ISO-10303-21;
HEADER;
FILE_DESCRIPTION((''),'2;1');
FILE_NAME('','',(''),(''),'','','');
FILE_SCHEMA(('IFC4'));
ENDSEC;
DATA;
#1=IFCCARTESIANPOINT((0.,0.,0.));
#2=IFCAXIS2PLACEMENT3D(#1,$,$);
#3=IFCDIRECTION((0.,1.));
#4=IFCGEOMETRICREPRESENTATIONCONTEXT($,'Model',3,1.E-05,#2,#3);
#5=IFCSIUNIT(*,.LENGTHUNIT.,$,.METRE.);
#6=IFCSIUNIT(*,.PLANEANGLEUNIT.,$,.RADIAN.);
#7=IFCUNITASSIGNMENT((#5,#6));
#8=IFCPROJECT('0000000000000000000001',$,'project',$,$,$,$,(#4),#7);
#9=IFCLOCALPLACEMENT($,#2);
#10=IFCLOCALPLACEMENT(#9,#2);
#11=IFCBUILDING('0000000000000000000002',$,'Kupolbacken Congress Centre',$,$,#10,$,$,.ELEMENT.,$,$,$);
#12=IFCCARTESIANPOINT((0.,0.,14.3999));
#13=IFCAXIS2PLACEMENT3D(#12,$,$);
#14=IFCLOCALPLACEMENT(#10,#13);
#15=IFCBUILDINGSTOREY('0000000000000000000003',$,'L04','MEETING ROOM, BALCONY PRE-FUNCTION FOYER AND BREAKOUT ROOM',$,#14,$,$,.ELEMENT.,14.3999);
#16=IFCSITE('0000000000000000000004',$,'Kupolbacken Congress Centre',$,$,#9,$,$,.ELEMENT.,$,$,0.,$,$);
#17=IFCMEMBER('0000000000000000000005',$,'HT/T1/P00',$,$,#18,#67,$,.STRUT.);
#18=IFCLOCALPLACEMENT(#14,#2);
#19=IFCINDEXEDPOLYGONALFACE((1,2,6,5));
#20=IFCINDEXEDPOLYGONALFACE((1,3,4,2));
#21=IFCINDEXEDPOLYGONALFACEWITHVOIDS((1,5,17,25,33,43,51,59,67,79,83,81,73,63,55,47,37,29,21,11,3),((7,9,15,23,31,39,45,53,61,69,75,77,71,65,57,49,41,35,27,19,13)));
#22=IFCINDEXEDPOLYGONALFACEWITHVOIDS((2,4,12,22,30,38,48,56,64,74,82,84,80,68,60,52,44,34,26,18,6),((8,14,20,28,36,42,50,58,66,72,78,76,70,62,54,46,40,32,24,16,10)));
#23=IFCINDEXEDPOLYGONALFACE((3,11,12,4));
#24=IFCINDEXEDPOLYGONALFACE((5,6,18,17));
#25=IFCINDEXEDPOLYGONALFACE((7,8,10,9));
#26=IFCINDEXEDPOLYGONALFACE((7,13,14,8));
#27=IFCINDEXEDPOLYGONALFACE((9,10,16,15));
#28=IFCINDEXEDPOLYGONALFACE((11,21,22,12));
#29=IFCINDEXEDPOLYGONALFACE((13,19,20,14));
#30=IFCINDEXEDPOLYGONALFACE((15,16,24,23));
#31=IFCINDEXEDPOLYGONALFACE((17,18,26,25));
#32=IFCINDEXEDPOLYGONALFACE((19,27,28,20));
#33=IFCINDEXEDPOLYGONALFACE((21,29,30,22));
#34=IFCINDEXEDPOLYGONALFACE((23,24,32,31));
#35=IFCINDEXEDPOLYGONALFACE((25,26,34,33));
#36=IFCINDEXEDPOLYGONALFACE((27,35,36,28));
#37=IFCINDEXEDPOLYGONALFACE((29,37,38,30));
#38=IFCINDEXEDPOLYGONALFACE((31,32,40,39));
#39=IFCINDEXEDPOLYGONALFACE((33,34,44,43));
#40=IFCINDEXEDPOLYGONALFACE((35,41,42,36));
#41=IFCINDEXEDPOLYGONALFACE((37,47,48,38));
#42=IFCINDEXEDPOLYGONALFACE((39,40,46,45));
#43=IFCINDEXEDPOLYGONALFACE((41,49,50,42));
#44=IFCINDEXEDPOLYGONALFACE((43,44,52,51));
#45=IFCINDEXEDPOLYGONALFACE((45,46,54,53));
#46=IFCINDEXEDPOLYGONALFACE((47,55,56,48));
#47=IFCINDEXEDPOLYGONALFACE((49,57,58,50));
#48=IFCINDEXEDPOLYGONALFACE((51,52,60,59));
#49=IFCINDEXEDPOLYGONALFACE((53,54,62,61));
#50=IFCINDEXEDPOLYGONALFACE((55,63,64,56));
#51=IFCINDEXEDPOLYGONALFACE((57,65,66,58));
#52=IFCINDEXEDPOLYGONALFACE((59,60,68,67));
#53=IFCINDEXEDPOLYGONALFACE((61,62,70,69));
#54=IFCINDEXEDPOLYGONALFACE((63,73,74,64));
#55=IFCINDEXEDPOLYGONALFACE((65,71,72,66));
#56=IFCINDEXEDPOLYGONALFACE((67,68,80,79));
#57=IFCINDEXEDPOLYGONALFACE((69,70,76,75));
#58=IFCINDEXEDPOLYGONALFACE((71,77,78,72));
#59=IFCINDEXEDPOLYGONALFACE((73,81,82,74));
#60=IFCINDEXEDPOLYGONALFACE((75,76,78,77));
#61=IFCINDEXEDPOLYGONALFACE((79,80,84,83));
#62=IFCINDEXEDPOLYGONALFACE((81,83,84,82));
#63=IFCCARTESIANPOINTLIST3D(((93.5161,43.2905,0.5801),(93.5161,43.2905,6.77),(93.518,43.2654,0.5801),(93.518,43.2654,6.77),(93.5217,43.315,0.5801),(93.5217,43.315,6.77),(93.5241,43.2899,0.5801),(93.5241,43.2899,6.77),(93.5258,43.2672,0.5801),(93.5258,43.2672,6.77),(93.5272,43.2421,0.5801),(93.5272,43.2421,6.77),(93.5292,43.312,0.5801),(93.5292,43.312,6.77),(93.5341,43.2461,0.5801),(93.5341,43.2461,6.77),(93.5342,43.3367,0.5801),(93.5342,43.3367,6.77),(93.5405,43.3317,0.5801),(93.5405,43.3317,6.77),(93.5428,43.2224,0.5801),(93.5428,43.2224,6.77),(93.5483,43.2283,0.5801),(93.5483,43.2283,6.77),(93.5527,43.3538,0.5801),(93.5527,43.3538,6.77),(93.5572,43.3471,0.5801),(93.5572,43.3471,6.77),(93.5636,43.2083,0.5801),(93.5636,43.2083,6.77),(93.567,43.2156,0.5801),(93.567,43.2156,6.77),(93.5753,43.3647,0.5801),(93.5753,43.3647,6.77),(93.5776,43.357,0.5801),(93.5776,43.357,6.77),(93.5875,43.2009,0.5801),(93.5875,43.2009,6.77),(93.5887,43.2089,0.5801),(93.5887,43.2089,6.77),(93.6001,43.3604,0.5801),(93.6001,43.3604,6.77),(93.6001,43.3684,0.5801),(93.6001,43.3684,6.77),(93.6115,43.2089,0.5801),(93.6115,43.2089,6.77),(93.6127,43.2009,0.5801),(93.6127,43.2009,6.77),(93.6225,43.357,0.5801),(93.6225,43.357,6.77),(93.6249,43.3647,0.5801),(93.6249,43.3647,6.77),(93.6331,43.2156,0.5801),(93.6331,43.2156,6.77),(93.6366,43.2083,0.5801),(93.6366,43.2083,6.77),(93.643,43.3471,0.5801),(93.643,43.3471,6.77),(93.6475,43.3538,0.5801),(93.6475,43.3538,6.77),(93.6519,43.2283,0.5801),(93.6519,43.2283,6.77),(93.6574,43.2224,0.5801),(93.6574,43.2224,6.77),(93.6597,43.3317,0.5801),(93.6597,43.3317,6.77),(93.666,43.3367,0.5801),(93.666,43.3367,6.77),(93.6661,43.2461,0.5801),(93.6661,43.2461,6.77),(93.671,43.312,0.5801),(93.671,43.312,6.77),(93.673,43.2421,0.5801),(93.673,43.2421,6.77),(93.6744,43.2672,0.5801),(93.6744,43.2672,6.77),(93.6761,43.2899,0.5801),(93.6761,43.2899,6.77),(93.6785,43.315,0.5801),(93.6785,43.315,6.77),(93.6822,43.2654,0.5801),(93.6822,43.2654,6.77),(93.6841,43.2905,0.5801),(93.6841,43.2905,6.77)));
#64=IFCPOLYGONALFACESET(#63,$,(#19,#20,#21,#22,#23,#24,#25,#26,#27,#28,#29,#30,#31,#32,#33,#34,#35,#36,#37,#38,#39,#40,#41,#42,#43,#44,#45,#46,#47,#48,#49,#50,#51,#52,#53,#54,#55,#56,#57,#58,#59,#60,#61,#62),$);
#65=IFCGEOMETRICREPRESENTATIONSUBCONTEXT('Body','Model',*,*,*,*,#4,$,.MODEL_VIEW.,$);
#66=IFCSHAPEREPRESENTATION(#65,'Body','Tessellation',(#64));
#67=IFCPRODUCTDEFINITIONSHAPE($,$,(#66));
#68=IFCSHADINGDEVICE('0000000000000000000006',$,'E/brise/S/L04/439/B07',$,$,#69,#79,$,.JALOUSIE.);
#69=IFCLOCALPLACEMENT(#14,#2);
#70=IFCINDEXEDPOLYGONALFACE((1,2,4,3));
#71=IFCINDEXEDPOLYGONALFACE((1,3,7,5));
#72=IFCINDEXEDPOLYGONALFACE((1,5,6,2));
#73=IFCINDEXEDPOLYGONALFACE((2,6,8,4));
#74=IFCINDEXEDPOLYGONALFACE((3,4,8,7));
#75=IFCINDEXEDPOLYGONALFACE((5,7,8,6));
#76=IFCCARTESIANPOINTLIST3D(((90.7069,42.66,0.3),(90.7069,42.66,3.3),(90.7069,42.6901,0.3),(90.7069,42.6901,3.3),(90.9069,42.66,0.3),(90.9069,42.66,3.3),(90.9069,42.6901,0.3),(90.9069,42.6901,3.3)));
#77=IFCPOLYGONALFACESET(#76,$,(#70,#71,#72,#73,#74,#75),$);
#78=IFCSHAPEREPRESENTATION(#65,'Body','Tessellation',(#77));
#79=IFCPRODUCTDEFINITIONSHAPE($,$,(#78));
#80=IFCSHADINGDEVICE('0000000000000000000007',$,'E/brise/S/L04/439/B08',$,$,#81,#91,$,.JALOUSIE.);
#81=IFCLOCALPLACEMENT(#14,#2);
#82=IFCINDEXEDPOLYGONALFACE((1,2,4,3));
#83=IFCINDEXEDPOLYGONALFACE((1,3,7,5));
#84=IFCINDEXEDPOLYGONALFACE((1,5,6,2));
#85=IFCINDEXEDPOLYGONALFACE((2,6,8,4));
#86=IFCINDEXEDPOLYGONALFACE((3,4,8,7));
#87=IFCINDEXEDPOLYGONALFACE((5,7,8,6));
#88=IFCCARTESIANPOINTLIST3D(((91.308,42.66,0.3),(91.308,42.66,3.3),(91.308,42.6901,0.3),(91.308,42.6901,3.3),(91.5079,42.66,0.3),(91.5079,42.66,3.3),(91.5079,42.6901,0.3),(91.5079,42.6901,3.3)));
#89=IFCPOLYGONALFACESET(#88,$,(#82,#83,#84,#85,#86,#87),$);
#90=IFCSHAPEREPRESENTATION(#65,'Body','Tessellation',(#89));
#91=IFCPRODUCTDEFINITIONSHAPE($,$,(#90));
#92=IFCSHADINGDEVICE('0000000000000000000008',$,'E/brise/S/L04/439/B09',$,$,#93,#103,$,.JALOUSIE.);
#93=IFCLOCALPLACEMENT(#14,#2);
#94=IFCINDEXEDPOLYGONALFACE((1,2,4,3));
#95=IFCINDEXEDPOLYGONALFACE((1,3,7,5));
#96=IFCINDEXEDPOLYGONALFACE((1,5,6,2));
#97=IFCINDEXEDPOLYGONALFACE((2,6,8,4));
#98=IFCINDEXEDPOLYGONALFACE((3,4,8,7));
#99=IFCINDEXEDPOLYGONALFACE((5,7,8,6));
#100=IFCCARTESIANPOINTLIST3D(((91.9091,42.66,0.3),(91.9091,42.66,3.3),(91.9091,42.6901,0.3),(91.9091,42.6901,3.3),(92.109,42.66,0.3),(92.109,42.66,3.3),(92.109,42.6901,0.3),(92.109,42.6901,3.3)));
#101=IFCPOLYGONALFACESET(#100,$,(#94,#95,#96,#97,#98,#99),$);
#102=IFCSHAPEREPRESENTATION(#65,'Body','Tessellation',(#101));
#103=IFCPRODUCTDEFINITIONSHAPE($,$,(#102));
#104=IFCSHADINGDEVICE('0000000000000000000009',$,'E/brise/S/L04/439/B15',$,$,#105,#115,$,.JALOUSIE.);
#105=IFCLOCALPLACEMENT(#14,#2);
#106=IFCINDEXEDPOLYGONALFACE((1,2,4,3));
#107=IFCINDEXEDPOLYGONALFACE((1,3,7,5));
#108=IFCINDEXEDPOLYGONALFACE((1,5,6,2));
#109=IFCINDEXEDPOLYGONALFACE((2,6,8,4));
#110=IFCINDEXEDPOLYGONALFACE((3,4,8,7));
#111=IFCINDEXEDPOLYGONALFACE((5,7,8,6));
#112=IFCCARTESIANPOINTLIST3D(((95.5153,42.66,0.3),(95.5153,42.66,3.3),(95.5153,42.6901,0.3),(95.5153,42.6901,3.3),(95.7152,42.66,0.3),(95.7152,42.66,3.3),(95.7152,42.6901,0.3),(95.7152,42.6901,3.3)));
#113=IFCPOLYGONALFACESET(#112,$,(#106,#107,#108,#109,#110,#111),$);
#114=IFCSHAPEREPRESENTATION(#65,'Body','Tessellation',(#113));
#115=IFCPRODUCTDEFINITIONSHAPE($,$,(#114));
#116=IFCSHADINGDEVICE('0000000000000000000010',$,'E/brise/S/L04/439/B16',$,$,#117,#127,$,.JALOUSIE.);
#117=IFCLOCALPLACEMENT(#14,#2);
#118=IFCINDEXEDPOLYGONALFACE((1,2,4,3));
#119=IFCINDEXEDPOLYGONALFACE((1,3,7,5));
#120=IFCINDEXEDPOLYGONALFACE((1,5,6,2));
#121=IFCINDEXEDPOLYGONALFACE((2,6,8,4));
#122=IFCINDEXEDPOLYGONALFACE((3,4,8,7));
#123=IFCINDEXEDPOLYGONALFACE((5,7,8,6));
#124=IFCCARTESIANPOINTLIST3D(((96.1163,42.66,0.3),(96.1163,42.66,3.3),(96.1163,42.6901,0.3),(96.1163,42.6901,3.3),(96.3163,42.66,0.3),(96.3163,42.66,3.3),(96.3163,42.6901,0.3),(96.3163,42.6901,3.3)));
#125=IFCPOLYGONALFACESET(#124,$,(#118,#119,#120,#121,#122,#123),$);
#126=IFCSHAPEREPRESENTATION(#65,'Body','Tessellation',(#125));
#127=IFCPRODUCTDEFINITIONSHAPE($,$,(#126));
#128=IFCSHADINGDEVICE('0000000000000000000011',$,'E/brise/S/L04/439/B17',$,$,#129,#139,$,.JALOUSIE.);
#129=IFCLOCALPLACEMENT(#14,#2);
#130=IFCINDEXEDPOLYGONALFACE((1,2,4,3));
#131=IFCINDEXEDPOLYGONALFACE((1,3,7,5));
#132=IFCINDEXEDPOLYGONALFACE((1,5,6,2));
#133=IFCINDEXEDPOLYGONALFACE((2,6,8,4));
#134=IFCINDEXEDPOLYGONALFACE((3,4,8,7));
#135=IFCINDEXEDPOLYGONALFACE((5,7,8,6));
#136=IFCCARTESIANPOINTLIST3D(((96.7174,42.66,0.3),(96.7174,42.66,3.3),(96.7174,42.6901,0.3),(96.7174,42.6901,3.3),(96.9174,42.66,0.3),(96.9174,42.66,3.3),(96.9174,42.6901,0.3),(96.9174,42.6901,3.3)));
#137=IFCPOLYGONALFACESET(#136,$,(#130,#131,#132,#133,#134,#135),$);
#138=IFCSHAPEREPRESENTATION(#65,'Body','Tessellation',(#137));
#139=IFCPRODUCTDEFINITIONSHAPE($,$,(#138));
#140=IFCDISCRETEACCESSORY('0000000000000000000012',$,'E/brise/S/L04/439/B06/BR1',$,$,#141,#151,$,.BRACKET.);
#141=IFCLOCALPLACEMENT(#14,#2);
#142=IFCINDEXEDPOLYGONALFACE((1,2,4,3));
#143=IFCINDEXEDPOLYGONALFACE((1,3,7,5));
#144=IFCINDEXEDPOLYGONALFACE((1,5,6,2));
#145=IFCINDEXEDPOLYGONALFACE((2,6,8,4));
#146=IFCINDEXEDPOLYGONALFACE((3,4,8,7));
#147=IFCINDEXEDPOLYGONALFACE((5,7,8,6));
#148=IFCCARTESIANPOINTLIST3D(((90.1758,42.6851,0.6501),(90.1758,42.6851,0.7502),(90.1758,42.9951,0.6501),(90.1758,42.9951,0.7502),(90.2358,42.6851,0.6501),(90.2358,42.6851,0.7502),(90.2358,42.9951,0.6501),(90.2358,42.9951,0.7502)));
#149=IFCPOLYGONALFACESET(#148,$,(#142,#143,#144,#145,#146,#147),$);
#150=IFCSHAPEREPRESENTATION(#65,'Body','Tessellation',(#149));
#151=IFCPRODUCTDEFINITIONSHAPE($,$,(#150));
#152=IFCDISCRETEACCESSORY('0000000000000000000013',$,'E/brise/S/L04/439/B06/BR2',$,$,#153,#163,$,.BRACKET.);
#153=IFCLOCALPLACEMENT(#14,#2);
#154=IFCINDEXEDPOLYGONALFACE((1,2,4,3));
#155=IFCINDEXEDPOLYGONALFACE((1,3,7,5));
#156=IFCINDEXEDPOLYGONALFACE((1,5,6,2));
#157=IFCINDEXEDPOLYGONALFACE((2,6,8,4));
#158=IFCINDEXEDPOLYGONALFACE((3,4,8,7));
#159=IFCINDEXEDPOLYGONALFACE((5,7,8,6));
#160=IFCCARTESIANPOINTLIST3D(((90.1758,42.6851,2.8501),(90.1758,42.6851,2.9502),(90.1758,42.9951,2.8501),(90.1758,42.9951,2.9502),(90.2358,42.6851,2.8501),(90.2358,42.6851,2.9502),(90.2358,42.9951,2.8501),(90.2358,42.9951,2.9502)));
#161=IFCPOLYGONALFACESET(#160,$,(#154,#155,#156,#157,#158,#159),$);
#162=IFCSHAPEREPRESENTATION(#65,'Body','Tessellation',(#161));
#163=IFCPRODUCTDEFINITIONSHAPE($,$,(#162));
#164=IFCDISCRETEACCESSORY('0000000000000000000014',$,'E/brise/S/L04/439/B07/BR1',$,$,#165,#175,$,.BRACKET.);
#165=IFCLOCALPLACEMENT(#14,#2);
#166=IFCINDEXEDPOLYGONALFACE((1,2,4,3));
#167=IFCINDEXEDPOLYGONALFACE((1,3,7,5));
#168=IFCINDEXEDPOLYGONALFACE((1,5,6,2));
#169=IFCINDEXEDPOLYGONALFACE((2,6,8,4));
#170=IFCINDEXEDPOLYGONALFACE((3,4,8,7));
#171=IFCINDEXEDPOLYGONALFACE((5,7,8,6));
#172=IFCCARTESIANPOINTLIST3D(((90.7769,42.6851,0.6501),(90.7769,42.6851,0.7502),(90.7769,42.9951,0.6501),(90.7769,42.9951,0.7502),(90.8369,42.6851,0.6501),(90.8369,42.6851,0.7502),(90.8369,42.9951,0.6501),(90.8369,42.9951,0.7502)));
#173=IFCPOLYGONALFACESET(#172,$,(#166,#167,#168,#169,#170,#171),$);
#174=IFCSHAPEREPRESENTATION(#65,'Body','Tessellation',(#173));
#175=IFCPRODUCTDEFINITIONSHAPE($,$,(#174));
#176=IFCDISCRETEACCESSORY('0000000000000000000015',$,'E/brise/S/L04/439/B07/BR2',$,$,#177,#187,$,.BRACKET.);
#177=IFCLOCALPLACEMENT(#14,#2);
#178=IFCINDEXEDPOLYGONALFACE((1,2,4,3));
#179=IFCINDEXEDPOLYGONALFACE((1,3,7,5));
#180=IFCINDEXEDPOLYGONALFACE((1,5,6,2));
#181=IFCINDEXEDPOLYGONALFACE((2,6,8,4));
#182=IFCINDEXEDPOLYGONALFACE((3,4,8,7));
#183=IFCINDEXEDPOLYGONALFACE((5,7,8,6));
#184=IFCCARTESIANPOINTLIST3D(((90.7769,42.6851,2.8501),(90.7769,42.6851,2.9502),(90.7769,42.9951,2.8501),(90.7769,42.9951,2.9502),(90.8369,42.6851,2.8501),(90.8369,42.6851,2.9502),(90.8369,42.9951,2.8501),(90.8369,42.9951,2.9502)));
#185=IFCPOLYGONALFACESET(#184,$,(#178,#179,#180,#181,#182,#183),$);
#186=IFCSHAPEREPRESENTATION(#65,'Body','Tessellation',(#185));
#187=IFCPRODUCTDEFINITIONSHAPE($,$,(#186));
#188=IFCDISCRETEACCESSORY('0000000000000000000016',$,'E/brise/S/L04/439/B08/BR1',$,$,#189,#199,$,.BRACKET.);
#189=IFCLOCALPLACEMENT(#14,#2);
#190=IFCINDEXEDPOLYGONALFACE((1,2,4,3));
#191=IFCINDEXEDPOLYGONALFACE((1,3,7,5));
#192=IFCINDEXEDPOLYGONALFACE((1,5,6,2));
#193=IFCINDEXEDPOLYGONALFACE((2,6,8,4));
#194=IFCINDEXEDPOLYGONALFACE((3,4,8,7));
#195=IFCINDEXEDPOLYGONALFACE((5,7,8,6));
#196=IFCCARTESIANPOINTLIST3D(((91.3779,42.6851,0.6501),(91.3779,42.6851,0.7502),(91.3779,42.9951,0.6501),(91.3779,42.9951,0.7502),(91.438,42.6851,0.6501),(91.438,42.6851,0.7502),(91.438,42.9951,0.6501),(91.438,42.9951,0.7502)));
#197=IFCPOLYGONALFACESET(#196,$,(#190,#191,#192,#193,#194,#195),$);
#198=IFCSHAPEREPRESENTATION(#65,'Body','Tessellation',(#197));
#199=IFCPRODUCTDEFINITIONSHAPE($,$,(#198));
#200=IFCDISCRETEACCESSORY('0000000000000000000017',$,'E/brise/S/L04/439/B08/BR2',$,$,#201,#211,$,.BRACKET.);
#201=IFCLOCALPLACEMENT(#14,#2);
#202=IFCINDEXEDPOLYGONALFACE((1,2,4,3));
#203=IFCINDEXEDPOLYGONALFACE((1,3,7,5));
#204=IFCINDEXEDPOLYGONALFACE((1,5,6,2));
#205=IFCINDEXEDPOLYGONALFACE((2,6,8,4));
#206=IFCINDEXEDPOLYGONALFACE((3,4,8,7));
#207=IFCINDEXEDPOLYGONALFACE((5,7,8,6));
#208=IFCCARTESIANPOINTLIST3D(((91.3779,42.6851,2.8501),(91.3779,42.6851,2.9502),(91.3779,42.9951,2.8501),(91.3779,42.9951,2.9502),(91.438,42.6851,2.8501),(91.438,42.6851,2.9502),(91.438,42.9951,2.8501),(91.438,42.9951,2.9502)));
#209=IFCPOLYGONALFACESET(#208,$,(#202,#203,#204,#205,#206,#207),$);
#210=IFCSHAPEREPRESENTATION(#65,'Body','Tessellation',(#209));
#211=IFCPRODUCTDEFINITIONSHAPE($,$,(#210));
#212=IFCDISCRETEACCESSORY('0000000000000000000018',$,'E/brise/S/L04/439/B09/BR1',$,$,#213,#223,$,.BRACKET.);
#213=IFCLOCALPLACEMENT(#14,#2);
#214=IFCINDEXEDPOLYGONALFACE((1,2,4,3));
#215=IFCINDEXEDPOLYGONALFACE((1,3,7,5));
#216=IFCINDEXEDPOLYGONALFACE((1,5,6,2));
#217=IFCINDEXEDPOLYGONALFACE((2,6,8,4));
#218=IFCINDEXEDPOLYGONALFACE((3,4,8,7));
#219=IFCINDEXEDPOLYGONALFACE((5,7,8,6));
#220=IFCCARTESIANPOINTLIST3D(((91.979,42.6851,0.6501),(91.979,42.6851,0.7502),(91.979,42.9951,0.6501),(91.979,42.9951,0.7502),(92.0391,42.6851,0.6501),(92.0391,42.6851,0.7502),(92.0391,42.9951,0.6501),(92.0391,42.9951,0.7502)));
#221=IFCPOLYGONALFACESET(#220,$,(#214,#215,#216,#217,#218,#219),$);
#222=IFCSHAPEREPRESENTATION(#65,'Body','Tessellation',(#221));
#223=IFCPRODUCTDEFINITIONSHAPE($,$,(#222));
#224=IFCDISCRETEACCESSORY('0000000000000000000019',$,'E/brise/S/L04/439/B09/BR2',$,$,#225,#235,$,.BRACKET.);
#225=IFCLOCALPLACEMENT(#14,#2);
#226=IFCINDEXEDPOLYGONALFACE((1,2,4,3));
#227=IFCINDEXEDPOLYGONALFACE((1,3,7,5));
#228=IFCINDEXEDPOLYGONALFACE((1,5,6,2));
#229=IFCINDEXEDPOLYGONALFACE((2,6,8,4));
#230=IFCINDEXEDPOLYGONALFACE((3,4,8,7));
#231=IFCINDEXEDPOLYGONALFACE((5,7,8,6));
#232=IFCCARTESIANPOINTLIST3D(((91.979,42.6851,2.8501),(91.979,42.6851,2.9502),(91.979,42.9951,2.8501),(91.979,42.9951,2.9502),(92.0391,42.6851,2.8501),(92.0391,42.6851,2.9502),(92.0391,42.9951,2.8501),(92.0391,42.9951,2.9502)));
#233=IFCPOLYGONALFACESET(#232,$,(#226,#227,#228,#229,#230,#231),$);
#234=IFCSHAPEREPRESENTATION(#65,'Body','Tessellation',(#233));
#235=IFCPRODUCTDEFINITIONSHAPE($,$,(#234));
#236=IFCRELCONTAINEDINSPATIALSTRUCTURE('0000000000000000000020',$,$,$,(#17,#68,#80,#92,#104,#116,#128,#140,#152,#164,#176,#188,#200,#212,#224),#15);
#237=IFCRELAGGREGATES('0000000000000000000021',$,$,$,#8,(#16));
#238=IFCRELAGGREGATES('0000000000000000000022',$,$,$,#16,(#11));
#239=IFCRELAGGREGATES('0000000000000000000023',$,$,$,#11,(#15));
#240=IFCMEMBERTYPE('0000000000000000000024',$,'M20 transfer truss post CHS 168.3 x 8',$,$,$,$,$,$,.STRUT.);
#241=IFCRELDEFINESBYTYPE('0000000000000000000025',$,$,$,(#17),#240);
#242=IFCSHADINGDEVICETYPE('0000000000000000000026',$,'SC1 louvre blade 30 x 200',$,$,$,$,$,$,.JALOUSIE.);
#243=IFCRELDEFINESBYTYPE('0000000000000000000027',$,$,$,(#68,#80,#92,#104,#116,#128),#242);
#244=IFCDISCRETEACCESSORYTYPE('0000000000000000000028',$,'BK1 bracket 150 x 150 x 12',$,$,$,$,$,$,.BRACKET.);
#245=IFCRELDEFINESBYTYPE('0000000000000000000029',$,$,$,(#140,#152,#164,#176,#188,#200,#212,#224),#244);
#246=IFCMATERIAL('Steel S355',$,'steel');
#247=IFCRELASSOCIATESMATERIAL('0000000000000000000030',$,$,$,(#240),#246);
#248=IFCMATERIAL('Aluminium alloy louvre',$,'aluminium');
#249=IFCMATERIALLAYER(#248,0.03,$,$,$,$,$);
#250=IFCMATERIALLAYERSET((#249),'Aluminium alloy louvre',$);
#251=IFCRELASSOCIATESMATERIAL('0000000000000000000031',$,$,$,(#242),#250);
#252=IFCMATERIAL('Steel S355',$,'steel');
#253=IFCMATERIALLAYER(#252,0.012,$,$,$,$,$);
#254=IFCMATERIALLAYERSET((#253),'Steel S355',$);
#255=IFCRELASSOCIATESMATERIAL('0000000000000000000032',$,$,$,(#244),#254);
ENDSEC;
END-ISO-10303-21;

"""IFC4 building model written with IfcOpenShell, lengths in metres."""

from ifc_helpers import new_model, si_unit, direction, frame, origin, origin_2d, place, context, subcontext, project, spatial, rectangle, hollow_circle, extrude, material, layer, layer_set, material_profile, profile_set, type_object, element, save


model = new_model("IFC4")

# Units and contexts
model_context = context("Model", 3, precision=1e-05, world=origin(), true_north=direction((0.0, 1.0)))
body_context = subcontext(model_context, "Body", "Model", "MODEL_VIEW")
ifc_project = project(units=[si_unit("LENGTHUNIT", "METRE"), si_unit("PLANEANGLEUNIT", "RADIAN")], contexts=[model_context])

# Site, building, storey
site_placement = place(None, origin())
site = spatial("IfcSite", under=ifc_project, at=site_placement, Name="Kupolbacken Congress Centre", CompositionType="ELEMENT", RefElevation=0.0)
building_placement = place(site_placement, origin())
building = spatial("IfcBuilding", under=site, at=building_placement, Name="Kupolbacken Congress Centre", CompositionType="ELEMENT")
storey_placement = place(building_placement, frame((0.0, 0.0, 14.3999)))
storey = spatial("IfcBuildingStorey", under=building, at=storey_placement, Name="L04", Description="MEETING ROOM, BALCONY PRE-FUNCTION FOYER AND BREAKOUT ROOM", CompositionType="ELEMENT", Elevation=14.3999)

# Member
ifc_material_1 = material(Name="Steel S355", Category="steel")
ifc_material_profile_1 = material_profile(ifc_material_1, hollow_circle(Radius=0.0842, WallThickness=0.0081, at=origin_2d()), Name="CHS 168.3 x 8")
ifc_profile_set_1 = profile_set([ifc_material_profile_1], Name="Steel S355")
member_type_1 = type_object("IfcMemberType", Name="M20 transfer truss post CHS 168.3 x 8", PredefinedType="STRUT", material=ifc_profile_set_1)
member_1_placement = place(storey_placement, frame((93.6001, 43.2842, 0.5801), z_axis=(0.0, 0.0, 1.0), x_axis=(0.0, 1.0, 0.0)))
element("IfcMember", 1, at=member_1_placement, inside=storey, type_object=member_type_1, Name="HT/T1/P00", PredefinedType="STRUT", context=body_context, shape_type="SweptSolid", body=[
    extrude(hollow_circle(Radius=0.0842, WallThickness=0.0081, at=origin_2d()), origin(), (0.0, 0.0, 1.0), 6.1899),
])

# Shading devices
ifc_material_2 = material(Name="Aluminium alloy louvre", Category="aluminium")
ifc_layer_1 = layer(ifc_material_2, 0.03)
ifc_layer_set_1 = layer_set([ifc_layer_1], Name="Aluminium alloy louvre")
shading_device_type = type_object("IfcShadingDeviceType", Name="SC1 louvre blade 30 x 200", PredefinedType="JALOUSIE", material=ifc_layer_set_1)
for number, where, z_axis, x_axis, name in (
    (2, (90.8069, 42.675, 0.3), (0.0, 0.0, 1.0), (1.0, 0.0, 0.0), "E/brise/S/L04/439/B07"),
    (3, (91.408, 42.675, 0.3), (0.0, 0.0, 1.0), (1.0, 0.0, 0.0), "E/brise/S/L04/439/B08"),
    (4, (92.009, 42.675, 0.3), (0.0, 0.0, 1.0), (1.0, 0.0, 0.0), "E/brise/S/L04/439/B09"),
    (5, (95.6152, 42.675, 0.3), (0.0, 0.0, 1.0), (1.0, 0.0, 0.0), "E/brise/S/L04/439/B15"),
    (6, (96.2163, 42.675, 0.3), (0.0, 0.0, 1.0), (1.0, 0.0, 0.0), "E/brise/S/L04/439/B16"),
    (7, (96.8174, 42.675, 0.3), (0.0, 0.0, 1.0), (1.0, 0.0, 0.0), "E/brise/S/L04/439/B17"),
):
    element("IfcShadingDevice", number, at=place(storey_placement, frame(where, z_axis=z_axis, x_axis=x_axis)), inside=storey, type_object=shading_device_type, Name=name, PredefinedType="JALOUSIE", context=body_context, shape_type="SweptSolid", body=[
        extrude(rectangle(XDim=0.2, YDim=0.03, at=origin_2d()), origin(), (0.0, 0.0, 1.0), 3.0),
    ])

# Discrete accessories
ifc_material_3 = material(Name="Steel S355", Category="steel")
ifc_layer_2 = layer(ifc_material_3, 0.012)
ifc_layer_set_2 = layer_set([ifc_layer_2], Name="Steel S355")
discrete_accessory_type = type_object("IfcDiscreteAccessoryType", Name="BK1 bracket 150 x 150 x 12", PredefinedType="BRACKET", material=ifc_layer_set_2)
for number, where, z_axis, x_axis, name in (
    (8, (90.2058, 42.8401, 0.6501), (0.0, 0.0, 1.0), (1.0, 0.0, 0.0), "E/brise/S/L04/439/B06/BR1"),
    (9, (90.2058, 42.8401, 2.8501), (0.0, 0.0, 1.0), (1.0, 0.0, 0.0), "E/brise/S/L04/439/B06/BR2"),
    (10, (90.8069, 42.8401, 0.6501), (0.0, 0.0, 1.0), (1.0, 0.0, 0.0), "E/brise/S/L04/439/B07/BR1"),
    (11, (90.8069, 42.8401, 2.8501), (0.0, 0.0, 1.0), (1.0, 0.0, 0.0), "E/brise/S/L04/439/B07/BR2"),
    (12, (91.408, 42.8401, 0.6501), (0.0, 0.0, 1.0), (1.0, 0.0, 0.0), "E/brise/S/L04/439/B08/BR1"),
    (13, (91.408, 42.8401, 2.8501), (0.0, 0.0, 1.0), (1.0, 0.0, 0.0), "E/brise/S/L04/439/B08/BR2"),
    (14, (92.009, 42.8401, 0.6501), (0.0, 0.0, 1.0), (1.0, 0.0, 0.0), "E/brise/S/L04/439/B09/BR1"),
    (15, (92.009, 42.8401, 2.8501), (0.0, 0.0, 1.0), (1.0, 0.0, 0.0), "E/brise/S/L04/439/B09/BR2"),
):
    element("IfcDiscreteAccessory", number, at=place(storey_placement, frame(where, z_axis=z_axis, x_axis=x_axis)), inside=storey, type_object=discrete_accessory_type, Name=name, PredefinedType="BRACKET", context=body_context, shape_type="SweptSolid", body=[
        extrude(rectangle(XDim=0.0601, YDim=0.3101, at=origin_2d()), origin(), (0.0, 0.0, 1.0), 0.1001),
    ])

save(model, "model.ifc")
